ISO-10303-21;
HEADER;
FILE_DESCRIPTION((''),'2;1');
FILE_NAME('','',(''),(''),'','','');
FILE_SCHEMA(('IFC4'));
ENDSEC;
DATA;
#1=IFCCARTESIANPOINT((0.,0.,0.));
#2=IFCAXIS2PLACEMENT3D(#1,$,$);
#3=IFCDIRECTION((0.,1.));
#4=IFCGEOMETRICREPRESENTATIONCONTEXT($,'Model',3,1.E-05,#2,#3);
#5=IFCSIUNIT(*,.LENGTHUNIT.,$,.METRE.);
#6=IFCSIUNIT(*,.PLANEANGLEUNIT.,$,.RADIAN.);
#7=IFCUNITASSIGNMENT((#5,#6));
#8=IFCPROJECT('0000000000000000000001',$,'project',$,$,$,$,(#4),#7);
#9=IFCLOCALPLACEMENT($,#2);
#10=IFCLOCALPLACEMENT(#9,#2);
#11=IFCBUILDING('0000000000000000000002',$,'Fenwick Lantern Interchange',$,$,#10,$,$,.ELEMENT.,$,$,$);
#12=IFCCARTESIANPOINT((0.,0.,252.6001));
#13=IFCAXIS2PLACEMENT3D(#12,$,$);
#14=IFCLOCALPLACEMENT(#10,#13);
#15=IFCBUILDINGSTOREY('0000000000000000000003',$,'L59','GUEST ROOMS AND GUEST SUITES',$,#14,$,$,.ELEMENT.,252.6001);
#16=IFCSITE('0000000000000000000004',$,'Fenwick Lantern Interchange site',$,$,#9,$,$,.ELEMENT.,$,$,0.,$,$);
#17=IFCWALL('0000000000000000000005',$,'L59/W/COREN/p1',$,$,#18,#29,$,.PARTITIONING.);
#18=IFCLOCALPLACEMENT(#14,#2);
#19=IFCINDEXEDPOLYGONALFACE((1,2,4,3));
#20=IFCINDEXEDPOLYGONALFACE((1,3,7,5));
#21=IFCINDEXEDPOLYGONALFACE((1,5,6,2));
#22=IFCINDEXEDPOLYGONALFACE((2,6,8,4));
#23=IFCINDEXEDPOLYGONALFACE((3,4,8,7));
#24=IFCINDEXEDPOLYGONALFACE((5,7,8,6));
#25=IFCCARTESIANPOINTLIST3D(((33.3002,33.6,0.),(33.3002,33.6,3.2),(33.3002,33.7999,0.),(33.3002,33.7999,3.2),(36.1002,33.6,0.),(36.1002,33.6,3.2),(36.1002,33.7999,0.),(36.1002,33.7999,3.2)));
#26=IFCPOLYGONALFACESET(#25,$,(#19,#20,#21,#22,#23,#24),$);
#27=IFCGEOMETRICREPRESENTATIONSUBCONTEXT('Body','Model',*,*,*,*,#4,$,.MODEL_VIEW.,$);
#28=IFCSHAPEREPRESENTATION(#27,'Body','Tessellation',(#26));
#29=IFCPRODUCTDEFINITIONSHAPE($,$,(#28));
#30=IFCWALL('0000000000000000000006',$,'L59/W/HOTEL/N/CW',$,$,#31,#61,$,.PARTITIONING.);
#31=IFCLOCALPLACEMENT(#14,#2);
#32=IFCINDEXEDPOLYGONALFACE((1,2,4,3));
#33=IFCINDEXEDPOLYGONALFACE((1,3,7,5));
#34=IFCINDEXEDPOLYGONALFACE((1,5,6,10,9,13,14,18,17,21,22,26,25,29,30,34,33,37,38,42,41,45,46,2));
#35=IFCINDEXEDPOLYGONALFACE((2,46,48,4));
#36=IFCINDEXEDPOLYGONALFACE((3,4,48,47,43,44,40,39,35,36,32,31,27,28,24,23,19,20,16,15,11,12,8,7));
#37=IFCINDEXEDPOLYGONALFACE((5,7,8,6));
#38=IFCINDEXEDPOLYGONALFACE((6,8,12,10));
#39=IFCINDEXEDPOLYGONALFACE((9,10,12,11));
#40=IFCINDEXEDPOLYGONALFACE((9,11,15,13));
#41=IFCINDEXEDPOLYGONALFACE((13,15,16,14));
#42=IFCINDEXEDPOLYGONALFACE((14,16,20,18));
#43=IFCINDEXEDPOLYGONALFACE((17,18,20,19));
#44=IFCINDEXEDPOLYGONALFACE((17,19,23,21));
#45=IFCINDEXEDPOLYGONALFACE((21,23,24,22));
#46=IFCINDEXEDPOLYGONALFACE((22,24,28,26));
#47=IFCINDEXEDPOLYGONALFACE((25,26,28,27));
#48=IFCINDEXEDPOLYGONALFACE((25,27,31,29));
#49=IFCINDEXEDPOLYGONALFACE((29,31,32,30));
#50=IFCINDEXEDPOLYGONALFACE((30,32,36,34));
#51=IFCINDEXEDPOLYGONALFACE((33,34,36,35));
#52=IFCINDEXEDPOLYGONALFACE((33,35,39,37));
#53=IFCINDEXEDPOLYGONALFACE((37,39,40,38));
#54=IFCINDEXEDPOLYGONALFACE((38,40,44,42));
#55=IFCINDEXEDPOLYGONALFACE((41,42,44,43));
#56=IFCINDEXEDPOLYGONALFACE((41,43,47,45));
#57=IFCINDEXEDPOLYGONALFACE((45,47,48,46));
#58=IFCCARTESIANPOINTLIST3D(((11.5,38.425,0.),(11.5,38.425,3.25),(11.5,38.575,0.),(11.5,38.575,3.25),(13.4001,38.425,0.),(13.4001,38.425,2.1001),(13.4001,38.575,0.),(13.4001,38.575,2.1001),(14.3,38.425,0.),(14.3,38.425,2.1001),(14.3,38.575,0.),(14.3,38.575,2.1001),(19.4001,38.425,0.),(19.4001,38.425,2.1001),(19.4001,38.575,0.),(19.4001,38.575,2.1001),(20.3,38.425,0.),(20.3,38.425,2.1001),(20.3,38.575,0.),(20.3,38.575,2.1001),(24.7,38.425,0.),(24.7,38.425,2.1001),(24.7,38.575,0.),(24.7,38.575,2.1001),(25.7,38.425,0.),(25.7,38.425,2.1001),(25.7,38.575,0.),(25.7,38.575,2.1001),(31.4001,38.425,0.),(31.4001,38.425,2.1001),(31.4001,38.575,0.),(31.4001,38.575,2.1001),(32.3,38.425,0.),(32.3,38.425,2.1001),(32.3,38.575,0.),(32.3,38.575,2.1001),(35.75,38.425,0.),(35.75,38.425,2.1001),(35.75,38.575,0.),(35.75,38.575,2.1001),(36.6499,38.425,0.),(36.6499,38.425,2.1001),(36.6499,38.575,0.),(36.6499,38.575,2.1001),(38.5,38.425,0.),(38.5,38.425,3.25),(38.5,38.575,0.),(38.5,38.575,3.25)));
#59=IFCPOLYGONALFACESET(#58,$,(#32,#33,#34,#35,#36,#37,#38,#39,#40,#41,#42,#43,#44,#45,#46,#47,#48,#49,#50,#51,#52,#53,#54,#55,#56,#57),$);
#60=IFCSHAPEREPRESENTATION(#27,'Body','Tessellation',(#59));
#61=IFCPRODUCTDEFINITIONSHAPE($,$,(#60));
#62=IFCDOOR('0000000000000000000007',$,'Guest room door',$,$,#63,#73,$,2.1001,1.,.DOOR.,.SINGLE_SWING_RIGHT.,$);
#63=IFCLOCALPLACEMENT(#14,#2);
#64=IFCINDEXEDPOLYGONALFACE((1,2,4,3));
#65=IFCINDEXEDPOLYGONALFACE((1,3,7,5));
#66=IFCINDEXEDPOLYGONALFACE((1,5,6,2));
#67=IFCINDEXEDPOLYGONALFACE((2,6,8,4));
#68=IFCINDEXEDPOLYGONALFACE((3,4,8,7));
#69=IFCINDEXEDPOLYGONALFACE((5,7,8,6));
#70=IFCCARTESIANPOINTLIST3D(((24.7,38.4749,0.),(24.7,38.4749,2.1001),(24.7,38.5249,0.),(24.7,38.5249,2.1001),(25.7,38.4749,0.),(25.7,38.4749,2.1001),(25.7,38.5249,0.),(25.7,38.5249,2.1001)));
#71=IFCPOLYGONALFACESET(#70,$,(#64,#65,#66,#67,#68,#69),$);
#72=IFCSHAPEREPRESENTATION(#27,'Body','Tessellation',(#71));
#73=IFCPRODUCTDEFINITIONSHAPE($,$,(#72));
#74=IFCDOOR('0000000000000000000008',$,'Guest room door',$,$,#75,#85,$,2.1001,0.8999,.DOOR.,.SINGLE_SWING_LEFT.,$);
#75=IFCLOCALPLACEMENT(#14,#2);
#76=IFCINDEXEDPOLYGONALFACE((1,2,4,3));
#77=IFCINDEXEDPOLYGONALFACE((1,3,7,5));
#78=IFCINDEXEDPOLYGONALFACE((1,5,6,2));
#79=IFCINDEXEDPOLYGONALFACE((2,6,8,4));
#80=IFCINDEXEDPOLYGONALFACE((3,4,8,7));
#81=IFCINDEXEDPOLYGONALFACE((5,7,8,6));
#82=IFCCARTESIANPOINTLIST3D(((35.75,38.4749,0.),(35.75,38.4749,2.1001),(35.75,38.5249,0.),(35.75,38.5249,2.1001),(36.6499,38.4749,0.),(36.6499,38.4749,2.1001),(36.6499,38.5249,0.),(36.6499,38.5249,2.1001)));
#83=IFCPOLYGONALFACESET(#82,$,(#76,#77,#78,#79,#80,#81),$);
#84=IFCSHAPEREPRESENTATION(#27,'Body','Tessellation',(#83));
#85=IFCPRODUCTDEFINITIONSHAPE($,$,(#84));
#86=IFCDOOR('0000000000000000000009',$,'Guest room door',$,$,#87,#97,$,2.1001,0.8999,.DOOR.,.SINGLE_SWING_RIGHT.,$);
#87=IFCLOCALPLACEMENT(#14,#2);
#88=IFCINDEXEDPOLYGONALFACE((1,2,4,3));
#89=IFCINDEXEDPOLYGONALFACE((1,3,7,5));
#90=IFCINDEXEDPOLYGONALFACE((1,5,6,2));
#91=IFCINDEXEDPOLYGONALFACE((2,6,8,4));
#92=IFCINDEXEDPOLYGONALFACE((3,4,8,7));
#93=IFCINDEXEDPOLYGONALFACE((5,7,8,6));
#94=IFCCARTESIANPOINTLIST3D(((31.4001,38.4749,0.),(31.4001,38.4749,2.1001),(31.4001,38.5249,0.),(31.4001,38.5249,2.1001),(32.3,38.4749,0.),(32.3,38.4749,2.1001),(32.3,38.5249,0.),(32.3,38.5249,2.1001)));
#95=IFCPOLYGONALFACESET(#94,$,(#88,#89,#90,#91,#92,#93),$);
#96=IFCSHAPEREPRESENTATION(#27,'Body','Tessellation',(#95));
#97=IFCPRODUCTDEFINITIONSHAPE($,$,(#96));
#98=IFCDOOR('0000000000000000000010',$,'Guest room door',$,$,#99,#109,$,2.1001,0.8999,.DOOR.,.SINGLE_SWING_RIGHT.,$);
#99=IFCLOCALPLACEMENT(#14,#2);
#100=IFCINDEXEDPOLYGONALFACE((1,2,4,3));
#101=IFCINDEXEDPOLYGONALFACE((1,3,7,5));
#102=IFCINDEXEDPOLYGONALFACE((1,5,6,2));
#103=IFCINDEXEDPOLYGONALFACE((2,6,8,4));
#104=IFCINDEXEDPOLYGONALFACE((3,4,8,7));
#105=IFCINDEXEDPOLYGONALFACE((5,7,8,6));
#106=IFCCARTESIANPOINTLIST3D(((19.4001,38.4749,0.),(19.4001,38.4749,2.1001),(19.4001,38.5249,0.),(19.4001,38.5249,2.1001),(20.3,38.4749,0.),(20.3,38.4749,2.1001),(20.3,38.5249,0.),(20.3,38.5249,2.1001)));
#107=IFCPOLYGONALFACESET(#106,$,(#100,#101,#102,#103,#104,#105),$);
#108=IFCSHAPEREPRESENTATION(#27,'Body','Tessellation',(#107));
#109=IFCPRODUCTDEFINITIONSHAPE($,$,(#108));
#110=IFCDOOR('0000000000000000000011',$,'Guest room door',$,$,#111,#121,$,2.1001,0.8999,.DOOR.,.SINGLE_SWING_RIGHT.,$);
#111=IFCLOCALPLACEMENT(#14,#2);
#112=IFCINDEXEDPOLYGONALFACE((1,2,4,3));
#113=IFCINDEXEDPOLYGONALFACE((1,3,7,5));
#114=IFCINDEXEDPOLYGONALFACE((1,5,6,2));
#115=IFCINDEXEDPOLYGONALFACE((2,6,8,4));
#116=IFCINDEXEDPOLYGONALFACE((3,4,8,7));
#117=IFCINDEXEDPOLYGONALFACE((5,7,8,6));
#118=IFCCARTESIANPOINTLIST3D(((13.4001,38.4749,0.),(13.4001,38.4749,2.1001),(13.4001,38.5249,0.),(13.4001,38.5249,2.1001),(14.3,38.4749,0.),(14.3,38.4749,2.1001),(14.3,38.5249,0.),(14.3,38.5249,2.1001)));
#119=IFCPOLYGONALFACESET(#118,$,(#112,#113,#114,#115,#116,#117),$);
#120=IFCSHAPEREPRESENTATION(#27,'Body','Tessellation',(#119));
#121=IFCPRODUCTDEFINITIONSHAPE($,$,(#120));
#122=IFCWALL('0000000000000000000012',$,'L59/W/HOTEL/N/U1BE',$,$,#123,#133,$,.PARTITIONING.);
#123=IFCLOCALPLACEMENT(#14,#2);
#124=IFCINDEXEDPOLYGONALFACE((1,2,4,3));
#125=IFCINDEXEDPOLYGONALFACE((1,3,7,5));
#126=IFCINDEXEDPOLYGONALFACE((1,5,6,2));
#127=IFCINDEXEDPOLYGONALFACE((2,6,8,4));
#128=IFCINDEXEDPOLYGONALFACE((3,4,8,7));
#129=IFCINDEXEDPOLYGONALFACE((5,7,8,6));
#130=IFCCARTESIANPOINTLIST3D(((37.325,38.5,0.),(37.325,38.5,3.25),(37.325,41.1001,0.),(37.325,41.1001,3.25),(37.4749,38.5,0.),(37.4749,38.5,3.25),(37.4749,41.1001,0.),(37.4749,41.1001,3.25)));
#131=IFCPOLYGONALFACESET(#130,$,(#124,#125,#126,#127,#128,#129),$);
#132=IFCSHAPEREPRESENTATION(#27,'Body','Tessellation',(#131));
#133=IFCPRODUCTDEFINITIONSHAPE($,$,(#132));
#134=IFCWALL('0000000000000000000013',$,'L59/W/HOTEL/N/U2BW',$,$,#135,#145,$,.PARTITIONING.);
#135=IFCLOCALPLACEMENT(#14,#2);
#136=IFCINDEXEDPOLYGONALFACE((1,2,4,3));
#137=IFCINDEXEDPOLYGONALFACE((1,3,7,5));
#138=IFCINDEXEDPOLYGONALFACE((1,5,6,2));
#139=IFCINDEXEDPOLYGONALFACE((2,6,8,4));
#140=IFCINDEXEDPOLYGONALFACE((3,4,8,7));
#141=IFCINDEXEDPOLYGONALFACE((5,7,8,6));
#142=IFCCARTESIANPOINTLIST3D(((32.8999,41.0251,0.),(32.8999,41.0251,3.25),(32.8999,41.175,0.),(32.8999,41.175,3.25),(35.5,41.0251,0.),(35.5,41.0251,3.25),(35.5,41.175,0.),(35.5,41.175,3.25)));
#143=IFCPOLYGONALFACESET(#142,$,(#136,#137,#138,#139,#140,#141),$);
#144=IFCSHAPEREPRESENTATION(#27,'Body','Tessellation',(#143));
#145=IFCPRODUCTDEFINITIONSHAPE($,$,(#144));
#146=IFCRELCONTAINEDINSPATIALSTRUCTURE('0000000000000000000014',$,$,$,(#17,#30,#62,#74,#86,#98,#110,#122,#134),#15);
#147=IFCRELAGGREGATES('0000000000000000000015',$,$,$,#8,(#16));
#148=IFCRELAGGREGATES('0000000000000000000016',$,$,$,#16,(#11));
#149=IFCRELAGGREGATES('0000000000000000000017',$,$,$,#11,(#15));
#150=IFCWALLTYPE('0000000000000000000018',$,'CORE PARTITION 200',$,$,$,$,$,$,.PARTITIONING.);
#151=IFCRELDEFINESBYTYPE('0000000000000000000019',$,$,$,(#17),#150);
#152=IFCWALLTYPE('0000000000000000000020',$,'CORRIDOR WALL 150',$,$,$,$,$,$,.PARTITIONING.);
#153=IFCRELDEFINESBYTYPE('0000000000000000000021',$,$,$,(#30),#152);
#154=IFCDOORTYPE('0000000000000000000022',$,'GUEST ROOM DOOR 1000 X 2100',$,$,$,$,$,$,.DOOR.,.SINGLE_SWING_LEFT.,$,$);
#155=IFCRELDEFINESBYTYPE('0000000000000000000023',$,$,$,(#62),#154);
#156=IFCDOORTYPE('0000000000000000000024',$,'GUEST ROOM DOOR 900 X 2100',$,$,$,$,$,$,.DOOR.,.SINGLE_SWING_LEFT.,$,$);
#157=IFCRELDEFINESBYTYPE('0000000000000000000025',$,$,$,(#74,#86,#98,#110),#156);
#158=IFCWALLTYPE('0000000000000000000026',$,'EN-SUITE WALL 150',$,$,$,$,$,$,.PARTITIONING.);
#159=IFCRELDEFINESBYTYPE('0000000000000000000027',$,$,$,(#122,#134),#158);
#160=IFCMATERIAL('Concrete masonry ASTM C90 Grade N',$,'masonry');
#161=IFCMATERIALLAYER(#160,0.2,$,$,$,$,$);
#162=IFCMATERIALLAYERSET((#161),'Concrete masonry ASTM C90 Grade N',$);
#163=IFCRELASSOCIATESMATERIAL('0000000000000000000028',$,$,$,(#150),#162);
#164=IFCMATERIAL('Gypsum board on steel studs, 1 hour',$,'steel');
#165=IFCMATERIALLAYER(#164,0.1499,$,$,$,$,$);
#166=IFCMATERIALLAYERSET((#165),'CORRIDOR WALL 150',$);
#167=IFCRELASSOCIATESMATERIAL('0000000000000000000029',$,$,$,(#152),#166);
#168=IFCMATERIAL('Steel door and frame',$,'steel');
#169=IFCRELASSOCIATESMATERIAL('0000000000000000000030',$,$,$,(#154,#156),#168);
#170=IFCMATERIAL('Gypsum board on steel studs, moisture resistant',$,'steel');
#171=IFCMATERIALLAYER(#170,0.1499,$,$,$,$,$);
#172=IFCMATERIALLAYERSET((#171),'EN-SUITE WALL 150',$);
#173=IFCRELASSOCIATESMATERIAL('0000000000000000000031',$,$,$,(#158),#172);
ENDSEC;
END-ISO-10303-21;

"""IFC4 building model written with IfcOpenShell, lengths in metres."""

from ifc_helpers import new_model, si_unit, direction, frame, frame_2d, origin, place, context, subcontext, project, spatial, rectangle, extrude, material, layer, layer_set, type_object, element, fill, save


model = new_model("IFC4")

# Units and contexts
model_context = context("Model", 3, precision=1e-05, world=origin(), true_north=direction((0.0, 1.0)))
body_context = subcontext(model_context, "Body", "Model", "MODEL_VIEW")
ifc_project = project(units=[si_unit("LENGTHUNIT", "METRE"), si_unit("PLANEANGLEUNIT", "RADIAN")], contexts=[model_context])

# Site, building, storey
site_placement = place(None, origin())
site = spatial("IfcSite", under=ifc_project, at=site_placement, Name="Fenwick Lantern Interchange site", CompositionType="ELEMENT", RefElevation=0.0)
building_placement = place(site_placement, origin())
building = spatial("IfcBuilding", under=site, at=building_placement, Name="Fenwick Lantern Interchange", CompositionType="ELEMENT")
storey_placement = place(building_placement, frame((0.0, 0.0, 252.6001)))
storey = spatial("IfcBuildingStorey", under=building, at=storey_placement, Name="L59", Description="GUEST ROOMS AND GUEST SUITES", CompositionType="ELEMENT", Elevation=252.6001)

# Wall
ifc_material_1 = material(Name="Concrete masonry ASTM C90 Grade N", Category="masonry")
ifc_layer_1 = layer(ifc_material_1, 0.2)
ifc_layer_set_1 = layer_set([ifc_layer_1], Name="Concrete masonry ASTM C90 Grade N")
wall_type_1 = type_object("IfcWallType", Name="CORE PARTITION 200", PredefinedType="PARTITIONING", material=ifc_layer_set_1)
wall_1_placement = place(storey_placement, frame((36.1001, 33.7, 0.0), z_axis=(0.0, 0.0, 1.0), x_axis=(-1.0, 0.0, 0.0)))
element("IfcWall", 1, at=wall_1_placement, inside=storey, type_object=wall_type_1, Name="L59/W/COREN/p1", PredefinedType="PARTITIONING", context=body_context, shape_type="SweptSolid", body=[
    extrude(rectangle(XDim=2.8, YDim=0.2, at=frame_2d((1.3999, 0.0))), origin(), (0.0, 0.0, 1.0), 3.2),
])

# Wall, openings, doors
ifc_material_2 = material(Name="Steel door and frame", Category="steel")
ifc_material_3 = material(Name="Gypsum board on steel studs, 1 hour", Category="steel")
ifc_layer_2 = layer(ifc_material_3, 0.1499)
ifc_layer_set_2 = layer_set([ifc_layer_2], Name="CORRIDOR WALL 150")
wall_type_2 = type_object("IfcWallType", Name="CORRIDOR WALL 150", PredefinedType="PARTITIONING", material=ifc_layer_set_2)
wall_2_placement = place(storey_placement, frame((38.5, 38.5, 0.0), z_axis=(0.0, 0.0, 1.0), x_axis=(-1.0, 0.0, 0.0)))
wall_2 = element("IfcWall", 2, at=wall_2_placement, inside=storey, type_object=wall_type_2, Name="L59/W/HOTEL/N/CW", PredefinedType="PARTITIONING", context=body_context, shape_type="SweptSolid", body=[
    extrude(rectangle(XDim=27.0, YDim=0.1499, at=frame_2d((13.5, 0.0))), origin(), (0.0, 0.0, 1.0), 3.25),
])
opening_1_placement = place(wall_2_placement, frame((1.8501, 0.0, 0.0)))
opening_1 = element("IfcOpeningElement", 3, at=opening_1_placement, cuts=wall_2, PredefinedType="OPENING", context=body_context, shape_type="SweptSolid", body=[
    extrude(rectangle(XDim=0.8999, YDim=2.1001, at=frame_2d((0.45, 1.05))), frame((0.0, 0.085, 0.0), z_axis=(0.0, -1.0, 0.0), x_axis=(1.0, 0.0, 0.0)), (0.0, 0.0, 1.0), 0.1699),
])
opening_2_placement = place(wall_2_placement, frame((6.2, 0.0, 0.0)))
opening_2 = element("IfcOpeningElement", 4, at=opening_2_placement, cuts=wall_2, PredefinedType="OPENING", context=body_context, shape_type="SweptSolid", body=[
    extrude(rectangle(XDim=0.8999, YDim=2.1001, at=frame_2d((0.45, 1.05))), frame((0.0, 0.085, 0.0), z_axis=(0.0, -1.0, 0.0), x_axis=(1.0, 0.0, 0.0)), (0.0, 0.0, 1.0), 0.1699),
])
opening_3_placement = place(wall_2_placement, frame((12.8, 0.0, 0.0)))
opening_3 = element("IfcOpeningElement", 5, at=opening_3_placement, cuts=wall_2, PredefinedType="OPENING", context=body_context, shape_type="SweptSolid", body=[
    extrude(rectangle(XDim=1.0, YDim=2.1001, at=frame_2d((0.5, 1.05))), frame((0.0, 0.085, 0.0), z_axis=(0.0, -1.0, 0.0), x_axis=(1.0, 0.0, 0.0)), (0.0, 0.0, 1.0), 0.1699),
])
opening_4_placement = place(wall_2_placement, frame((18.2, 0.0, 0.0)))
opening_4 = element("IfcOpeningElement", 6, at=opening_4_placement, cuts=wall_2, PredefinedType="OPENING", context=body_context, shape_type="SweptSolid", body=[
    extrude(rectangle(XDim=0.8999, YDim=2.1001, at=frame_2d((0.45, 1.05))), frame((0.0, 0.085, 0.0), z_axis=(0.0, -1.0, 0.0), x_axis=(1.0, 0.0, 0.0)), (0.0, 0.0, 1.0), 0.1699),
])
opening_5_placement = place(wall_2_placement, frame((24.2, 0.0, 0.0)))
opening_5 = element("IfcOpeningElement", 7, at=opening_5_placement, cuts=wall_2, PredefinedType="OPENING", context=body_context, shape_type="SweptSolid", body=[
    extrude(rectangle(XDim=0.8999, YDim=2.1001, at=frame_2d((0.45, 1.05))), frame((0.0, 0.085, 0.0), z_axis=(0.0, -1.0, 0.0), x_axis=(1.0, 0.0, 0.0)), (0.0, 0.0, 1.0), 0.1699),
])
door_type_1 = type_object("IfcDoorType", Name="GUEST ROOM DOOR 1000 X 2100", OperationType="SINGLE_SWING_LEFT", PredefinedType="DOOR", material=ifc_material_2)
door_1_placement = place(opening_3_placement, frame((1.0, 0.0, 0.0), z_axis=(0.0, 0.0, 1.0), x_axis=(-1.0, 0.0, 0.0)))
door_1 = element("IfcDoor", 8, at=door_1_placement, inside=storey, type_object=door_type_1, Name="Guest room door", OperationType="SINGLE_SWING_RIGHT", OverallHeight=2.1001, OverallWidth=1.0, PredefinedType="DOOR", context=body_context, shape_type="SweptSolid", body=[
    extrude(rectangle(XDim=1.0, YDim=2.1001, at=frame_2d((0.5, 1.05))), frame((0.0, 0.0249, 0.0), z_axis=(0.0, -1.0, 0.0), x_axis=(1.0, 0.0, 0.0)), (0.0, 0.0, 1.0), 0.05),
])
fill(opening_3, door_1)
door_type_2 = type_object("IfcDoorType", Name="GUEST ROOM DOOR 900 X 2100", OperationType="SINGLE_SWING_LEFT", PredefinedType="DOOR", material=ifc_material_2)
door_2_placement = place(opening_1_placement, frame((0.8999, 0.0, 0.0), z_axis=(0.0, 0.0, 1.0), x_axis=(-1.0, 0.0, 0.0)))
door_2 = element("IfcDoor", 9, at=door_2_placement, inside=storey, type_object=door_type_2, Name="Guest room door", OperationType="SINGLE_SWING_LEFT", OverallHeight=2.1001, OverallWidth=0.8999, PredefinedType="DOOR", context=body_context, shape_type="SweptSolid", body=[
    extrude(rectangle(XDim=0.8999, YDim=2.1001, at=frame_2d((0.45, 1.05))), frame((0.0, 0.0249, 0.0), z_axis=(0.0, -1.0, 0.0), x_axis=(1.0, 0.0, 0.0)), (0.0, 0.0, 1.0), 0.05),
])
fill(opening_1, door_2)
door_3_placement = place(opening_2_placement, frame((0.8999, 0.0, 0.0), z_axis=(0.0, 0.0, 1.0), x_axis=(-1.0, 0.0, 0.0)))
door_3 = element("IfcDoor", 10, at=door_3_placement, inside=storey, type_object=door_type_2, Name="Guest room door", OperationType="SINGLE_SWING_RIGHT", OverallHeight=2.1001, OverallWidth=0.8999, PredefinedType="DOOR", context=body_context, shape_type="SweptSolid", body=[
    extrude(rectangle(XDim=0.8999, YDim=2.1001, at=frame_2d((0.45, 1.05))), frame((0.0, 0.0249, 0.0), z_axis=(0.0, -1.0, 0.0), x_axis=(1.0, 0.0, 0.0)), (0.0, 0.0, 1.0), 0.05),
])
fill(opening_2, door_3)
door_4_placement = place(opening_4_placement, frame((0.8999, 0.0, 0.0), z_axis=(0.0, 0.0, 1.0), x_axis=(-1.0, 0.0, 0.0)))
door_4 = element("IfcDoor", 11, at=door_4_placement, inside=storey, type_object=door_type_2, Name="Guest room door", OperationType="SINGLE_SWING_RIGHT", OverallHeight=2.1001, OverallWidth=0.8999, PredefinedType="DOOR", context=body_context, shape_type="SweptSolid", body=[
    extrude(rectangle(XDim=0.8999, YDim=2.1001, at=frame_2d((0.45, 1.05))), frame((0.0, 0.0249, 0.0), z_axis=(0.0, -1.0, 0.0), x_axis=(1.0, 0.0, 0.0)), (0.0, 0.0, 1.0), 0.05),
])
fill(opening_4, door_4)
door_5_placement = place(opening_5_placement, frame((0.8999, 0.0, 0.0), z_axis=(0.0, 0.0, 1.0), x_axis=(-1.0, 0.0, 0.0)))
door_5 = element("IfcDoor", 12, at=door_5_placement, inside=storey, type_object=door_type_2, Name="Guest room door", OperationType="SINGLE_SWING_RIGHT", OverallHeight=2.1001, OverallWidth=0.8999, PredefinedType="DOOR", context=body_context, shape_type="SweptSolid", body=[
    extrude(rectangle(XDim=0.8999, YDim=2.1001, at=frame_2d((0.45, 1.05))), frame((0.0, 0.0249, 0.0), z_axis=(0.0, -1.0, 0.0), x_axis=(1.0, 0.0, 0.0)), (0.0, 0.0, 1.0), 0.05),
])
fill(opening_5, door_5)

# Walls
ifc_material_4 = material(Name="Gypsum board on steel studs, moisture resistant", Category="steel")
ifc_layer_3 = layer(ifc_material_4, 0.1499)
ifc_layer_set_3 = layer_set([ifc_layer_3], Name="EN-SUITE WALL 150")
wall_type_3 = type_object("IfcWallType", Name="EN-SUITE WALL 150", PredefinedType="PARTITIONING", material=ifc_layer_set_3)
for number, where, z_axis, x_axis, name in (
    (13, (37.3999, 41.1001, 0.0), (0.0, 0.0, 1.0), (0.0, -1.0, 0.0), "L59/W/HOTEL/N/U1BE"),
    (14, (35.5, 41.1001, 0.0), (0.0, 0.0, 1.0), (-1.0, 0.0, 0.0), "L59/W/HOTEL/N/U2BW"),
):
    element("IfcWall", number, at=place(storey_placement, frame(where, z_axis=z_axis, x_axis=x_axis)), inside=storey, type_object=wall_type_3, Name=name, PredefinedType="PARTITIONING", context=body_context, shape_type="SweptSolid", body=[
        extrude(rectangle(XDim=2.6001, YDim=0.1499, at=frame_2d((1.3, 0.0))), origin(), (0.0, 0.0, 1.0), 3.25),
    ])

save(model, "model.ifc")
